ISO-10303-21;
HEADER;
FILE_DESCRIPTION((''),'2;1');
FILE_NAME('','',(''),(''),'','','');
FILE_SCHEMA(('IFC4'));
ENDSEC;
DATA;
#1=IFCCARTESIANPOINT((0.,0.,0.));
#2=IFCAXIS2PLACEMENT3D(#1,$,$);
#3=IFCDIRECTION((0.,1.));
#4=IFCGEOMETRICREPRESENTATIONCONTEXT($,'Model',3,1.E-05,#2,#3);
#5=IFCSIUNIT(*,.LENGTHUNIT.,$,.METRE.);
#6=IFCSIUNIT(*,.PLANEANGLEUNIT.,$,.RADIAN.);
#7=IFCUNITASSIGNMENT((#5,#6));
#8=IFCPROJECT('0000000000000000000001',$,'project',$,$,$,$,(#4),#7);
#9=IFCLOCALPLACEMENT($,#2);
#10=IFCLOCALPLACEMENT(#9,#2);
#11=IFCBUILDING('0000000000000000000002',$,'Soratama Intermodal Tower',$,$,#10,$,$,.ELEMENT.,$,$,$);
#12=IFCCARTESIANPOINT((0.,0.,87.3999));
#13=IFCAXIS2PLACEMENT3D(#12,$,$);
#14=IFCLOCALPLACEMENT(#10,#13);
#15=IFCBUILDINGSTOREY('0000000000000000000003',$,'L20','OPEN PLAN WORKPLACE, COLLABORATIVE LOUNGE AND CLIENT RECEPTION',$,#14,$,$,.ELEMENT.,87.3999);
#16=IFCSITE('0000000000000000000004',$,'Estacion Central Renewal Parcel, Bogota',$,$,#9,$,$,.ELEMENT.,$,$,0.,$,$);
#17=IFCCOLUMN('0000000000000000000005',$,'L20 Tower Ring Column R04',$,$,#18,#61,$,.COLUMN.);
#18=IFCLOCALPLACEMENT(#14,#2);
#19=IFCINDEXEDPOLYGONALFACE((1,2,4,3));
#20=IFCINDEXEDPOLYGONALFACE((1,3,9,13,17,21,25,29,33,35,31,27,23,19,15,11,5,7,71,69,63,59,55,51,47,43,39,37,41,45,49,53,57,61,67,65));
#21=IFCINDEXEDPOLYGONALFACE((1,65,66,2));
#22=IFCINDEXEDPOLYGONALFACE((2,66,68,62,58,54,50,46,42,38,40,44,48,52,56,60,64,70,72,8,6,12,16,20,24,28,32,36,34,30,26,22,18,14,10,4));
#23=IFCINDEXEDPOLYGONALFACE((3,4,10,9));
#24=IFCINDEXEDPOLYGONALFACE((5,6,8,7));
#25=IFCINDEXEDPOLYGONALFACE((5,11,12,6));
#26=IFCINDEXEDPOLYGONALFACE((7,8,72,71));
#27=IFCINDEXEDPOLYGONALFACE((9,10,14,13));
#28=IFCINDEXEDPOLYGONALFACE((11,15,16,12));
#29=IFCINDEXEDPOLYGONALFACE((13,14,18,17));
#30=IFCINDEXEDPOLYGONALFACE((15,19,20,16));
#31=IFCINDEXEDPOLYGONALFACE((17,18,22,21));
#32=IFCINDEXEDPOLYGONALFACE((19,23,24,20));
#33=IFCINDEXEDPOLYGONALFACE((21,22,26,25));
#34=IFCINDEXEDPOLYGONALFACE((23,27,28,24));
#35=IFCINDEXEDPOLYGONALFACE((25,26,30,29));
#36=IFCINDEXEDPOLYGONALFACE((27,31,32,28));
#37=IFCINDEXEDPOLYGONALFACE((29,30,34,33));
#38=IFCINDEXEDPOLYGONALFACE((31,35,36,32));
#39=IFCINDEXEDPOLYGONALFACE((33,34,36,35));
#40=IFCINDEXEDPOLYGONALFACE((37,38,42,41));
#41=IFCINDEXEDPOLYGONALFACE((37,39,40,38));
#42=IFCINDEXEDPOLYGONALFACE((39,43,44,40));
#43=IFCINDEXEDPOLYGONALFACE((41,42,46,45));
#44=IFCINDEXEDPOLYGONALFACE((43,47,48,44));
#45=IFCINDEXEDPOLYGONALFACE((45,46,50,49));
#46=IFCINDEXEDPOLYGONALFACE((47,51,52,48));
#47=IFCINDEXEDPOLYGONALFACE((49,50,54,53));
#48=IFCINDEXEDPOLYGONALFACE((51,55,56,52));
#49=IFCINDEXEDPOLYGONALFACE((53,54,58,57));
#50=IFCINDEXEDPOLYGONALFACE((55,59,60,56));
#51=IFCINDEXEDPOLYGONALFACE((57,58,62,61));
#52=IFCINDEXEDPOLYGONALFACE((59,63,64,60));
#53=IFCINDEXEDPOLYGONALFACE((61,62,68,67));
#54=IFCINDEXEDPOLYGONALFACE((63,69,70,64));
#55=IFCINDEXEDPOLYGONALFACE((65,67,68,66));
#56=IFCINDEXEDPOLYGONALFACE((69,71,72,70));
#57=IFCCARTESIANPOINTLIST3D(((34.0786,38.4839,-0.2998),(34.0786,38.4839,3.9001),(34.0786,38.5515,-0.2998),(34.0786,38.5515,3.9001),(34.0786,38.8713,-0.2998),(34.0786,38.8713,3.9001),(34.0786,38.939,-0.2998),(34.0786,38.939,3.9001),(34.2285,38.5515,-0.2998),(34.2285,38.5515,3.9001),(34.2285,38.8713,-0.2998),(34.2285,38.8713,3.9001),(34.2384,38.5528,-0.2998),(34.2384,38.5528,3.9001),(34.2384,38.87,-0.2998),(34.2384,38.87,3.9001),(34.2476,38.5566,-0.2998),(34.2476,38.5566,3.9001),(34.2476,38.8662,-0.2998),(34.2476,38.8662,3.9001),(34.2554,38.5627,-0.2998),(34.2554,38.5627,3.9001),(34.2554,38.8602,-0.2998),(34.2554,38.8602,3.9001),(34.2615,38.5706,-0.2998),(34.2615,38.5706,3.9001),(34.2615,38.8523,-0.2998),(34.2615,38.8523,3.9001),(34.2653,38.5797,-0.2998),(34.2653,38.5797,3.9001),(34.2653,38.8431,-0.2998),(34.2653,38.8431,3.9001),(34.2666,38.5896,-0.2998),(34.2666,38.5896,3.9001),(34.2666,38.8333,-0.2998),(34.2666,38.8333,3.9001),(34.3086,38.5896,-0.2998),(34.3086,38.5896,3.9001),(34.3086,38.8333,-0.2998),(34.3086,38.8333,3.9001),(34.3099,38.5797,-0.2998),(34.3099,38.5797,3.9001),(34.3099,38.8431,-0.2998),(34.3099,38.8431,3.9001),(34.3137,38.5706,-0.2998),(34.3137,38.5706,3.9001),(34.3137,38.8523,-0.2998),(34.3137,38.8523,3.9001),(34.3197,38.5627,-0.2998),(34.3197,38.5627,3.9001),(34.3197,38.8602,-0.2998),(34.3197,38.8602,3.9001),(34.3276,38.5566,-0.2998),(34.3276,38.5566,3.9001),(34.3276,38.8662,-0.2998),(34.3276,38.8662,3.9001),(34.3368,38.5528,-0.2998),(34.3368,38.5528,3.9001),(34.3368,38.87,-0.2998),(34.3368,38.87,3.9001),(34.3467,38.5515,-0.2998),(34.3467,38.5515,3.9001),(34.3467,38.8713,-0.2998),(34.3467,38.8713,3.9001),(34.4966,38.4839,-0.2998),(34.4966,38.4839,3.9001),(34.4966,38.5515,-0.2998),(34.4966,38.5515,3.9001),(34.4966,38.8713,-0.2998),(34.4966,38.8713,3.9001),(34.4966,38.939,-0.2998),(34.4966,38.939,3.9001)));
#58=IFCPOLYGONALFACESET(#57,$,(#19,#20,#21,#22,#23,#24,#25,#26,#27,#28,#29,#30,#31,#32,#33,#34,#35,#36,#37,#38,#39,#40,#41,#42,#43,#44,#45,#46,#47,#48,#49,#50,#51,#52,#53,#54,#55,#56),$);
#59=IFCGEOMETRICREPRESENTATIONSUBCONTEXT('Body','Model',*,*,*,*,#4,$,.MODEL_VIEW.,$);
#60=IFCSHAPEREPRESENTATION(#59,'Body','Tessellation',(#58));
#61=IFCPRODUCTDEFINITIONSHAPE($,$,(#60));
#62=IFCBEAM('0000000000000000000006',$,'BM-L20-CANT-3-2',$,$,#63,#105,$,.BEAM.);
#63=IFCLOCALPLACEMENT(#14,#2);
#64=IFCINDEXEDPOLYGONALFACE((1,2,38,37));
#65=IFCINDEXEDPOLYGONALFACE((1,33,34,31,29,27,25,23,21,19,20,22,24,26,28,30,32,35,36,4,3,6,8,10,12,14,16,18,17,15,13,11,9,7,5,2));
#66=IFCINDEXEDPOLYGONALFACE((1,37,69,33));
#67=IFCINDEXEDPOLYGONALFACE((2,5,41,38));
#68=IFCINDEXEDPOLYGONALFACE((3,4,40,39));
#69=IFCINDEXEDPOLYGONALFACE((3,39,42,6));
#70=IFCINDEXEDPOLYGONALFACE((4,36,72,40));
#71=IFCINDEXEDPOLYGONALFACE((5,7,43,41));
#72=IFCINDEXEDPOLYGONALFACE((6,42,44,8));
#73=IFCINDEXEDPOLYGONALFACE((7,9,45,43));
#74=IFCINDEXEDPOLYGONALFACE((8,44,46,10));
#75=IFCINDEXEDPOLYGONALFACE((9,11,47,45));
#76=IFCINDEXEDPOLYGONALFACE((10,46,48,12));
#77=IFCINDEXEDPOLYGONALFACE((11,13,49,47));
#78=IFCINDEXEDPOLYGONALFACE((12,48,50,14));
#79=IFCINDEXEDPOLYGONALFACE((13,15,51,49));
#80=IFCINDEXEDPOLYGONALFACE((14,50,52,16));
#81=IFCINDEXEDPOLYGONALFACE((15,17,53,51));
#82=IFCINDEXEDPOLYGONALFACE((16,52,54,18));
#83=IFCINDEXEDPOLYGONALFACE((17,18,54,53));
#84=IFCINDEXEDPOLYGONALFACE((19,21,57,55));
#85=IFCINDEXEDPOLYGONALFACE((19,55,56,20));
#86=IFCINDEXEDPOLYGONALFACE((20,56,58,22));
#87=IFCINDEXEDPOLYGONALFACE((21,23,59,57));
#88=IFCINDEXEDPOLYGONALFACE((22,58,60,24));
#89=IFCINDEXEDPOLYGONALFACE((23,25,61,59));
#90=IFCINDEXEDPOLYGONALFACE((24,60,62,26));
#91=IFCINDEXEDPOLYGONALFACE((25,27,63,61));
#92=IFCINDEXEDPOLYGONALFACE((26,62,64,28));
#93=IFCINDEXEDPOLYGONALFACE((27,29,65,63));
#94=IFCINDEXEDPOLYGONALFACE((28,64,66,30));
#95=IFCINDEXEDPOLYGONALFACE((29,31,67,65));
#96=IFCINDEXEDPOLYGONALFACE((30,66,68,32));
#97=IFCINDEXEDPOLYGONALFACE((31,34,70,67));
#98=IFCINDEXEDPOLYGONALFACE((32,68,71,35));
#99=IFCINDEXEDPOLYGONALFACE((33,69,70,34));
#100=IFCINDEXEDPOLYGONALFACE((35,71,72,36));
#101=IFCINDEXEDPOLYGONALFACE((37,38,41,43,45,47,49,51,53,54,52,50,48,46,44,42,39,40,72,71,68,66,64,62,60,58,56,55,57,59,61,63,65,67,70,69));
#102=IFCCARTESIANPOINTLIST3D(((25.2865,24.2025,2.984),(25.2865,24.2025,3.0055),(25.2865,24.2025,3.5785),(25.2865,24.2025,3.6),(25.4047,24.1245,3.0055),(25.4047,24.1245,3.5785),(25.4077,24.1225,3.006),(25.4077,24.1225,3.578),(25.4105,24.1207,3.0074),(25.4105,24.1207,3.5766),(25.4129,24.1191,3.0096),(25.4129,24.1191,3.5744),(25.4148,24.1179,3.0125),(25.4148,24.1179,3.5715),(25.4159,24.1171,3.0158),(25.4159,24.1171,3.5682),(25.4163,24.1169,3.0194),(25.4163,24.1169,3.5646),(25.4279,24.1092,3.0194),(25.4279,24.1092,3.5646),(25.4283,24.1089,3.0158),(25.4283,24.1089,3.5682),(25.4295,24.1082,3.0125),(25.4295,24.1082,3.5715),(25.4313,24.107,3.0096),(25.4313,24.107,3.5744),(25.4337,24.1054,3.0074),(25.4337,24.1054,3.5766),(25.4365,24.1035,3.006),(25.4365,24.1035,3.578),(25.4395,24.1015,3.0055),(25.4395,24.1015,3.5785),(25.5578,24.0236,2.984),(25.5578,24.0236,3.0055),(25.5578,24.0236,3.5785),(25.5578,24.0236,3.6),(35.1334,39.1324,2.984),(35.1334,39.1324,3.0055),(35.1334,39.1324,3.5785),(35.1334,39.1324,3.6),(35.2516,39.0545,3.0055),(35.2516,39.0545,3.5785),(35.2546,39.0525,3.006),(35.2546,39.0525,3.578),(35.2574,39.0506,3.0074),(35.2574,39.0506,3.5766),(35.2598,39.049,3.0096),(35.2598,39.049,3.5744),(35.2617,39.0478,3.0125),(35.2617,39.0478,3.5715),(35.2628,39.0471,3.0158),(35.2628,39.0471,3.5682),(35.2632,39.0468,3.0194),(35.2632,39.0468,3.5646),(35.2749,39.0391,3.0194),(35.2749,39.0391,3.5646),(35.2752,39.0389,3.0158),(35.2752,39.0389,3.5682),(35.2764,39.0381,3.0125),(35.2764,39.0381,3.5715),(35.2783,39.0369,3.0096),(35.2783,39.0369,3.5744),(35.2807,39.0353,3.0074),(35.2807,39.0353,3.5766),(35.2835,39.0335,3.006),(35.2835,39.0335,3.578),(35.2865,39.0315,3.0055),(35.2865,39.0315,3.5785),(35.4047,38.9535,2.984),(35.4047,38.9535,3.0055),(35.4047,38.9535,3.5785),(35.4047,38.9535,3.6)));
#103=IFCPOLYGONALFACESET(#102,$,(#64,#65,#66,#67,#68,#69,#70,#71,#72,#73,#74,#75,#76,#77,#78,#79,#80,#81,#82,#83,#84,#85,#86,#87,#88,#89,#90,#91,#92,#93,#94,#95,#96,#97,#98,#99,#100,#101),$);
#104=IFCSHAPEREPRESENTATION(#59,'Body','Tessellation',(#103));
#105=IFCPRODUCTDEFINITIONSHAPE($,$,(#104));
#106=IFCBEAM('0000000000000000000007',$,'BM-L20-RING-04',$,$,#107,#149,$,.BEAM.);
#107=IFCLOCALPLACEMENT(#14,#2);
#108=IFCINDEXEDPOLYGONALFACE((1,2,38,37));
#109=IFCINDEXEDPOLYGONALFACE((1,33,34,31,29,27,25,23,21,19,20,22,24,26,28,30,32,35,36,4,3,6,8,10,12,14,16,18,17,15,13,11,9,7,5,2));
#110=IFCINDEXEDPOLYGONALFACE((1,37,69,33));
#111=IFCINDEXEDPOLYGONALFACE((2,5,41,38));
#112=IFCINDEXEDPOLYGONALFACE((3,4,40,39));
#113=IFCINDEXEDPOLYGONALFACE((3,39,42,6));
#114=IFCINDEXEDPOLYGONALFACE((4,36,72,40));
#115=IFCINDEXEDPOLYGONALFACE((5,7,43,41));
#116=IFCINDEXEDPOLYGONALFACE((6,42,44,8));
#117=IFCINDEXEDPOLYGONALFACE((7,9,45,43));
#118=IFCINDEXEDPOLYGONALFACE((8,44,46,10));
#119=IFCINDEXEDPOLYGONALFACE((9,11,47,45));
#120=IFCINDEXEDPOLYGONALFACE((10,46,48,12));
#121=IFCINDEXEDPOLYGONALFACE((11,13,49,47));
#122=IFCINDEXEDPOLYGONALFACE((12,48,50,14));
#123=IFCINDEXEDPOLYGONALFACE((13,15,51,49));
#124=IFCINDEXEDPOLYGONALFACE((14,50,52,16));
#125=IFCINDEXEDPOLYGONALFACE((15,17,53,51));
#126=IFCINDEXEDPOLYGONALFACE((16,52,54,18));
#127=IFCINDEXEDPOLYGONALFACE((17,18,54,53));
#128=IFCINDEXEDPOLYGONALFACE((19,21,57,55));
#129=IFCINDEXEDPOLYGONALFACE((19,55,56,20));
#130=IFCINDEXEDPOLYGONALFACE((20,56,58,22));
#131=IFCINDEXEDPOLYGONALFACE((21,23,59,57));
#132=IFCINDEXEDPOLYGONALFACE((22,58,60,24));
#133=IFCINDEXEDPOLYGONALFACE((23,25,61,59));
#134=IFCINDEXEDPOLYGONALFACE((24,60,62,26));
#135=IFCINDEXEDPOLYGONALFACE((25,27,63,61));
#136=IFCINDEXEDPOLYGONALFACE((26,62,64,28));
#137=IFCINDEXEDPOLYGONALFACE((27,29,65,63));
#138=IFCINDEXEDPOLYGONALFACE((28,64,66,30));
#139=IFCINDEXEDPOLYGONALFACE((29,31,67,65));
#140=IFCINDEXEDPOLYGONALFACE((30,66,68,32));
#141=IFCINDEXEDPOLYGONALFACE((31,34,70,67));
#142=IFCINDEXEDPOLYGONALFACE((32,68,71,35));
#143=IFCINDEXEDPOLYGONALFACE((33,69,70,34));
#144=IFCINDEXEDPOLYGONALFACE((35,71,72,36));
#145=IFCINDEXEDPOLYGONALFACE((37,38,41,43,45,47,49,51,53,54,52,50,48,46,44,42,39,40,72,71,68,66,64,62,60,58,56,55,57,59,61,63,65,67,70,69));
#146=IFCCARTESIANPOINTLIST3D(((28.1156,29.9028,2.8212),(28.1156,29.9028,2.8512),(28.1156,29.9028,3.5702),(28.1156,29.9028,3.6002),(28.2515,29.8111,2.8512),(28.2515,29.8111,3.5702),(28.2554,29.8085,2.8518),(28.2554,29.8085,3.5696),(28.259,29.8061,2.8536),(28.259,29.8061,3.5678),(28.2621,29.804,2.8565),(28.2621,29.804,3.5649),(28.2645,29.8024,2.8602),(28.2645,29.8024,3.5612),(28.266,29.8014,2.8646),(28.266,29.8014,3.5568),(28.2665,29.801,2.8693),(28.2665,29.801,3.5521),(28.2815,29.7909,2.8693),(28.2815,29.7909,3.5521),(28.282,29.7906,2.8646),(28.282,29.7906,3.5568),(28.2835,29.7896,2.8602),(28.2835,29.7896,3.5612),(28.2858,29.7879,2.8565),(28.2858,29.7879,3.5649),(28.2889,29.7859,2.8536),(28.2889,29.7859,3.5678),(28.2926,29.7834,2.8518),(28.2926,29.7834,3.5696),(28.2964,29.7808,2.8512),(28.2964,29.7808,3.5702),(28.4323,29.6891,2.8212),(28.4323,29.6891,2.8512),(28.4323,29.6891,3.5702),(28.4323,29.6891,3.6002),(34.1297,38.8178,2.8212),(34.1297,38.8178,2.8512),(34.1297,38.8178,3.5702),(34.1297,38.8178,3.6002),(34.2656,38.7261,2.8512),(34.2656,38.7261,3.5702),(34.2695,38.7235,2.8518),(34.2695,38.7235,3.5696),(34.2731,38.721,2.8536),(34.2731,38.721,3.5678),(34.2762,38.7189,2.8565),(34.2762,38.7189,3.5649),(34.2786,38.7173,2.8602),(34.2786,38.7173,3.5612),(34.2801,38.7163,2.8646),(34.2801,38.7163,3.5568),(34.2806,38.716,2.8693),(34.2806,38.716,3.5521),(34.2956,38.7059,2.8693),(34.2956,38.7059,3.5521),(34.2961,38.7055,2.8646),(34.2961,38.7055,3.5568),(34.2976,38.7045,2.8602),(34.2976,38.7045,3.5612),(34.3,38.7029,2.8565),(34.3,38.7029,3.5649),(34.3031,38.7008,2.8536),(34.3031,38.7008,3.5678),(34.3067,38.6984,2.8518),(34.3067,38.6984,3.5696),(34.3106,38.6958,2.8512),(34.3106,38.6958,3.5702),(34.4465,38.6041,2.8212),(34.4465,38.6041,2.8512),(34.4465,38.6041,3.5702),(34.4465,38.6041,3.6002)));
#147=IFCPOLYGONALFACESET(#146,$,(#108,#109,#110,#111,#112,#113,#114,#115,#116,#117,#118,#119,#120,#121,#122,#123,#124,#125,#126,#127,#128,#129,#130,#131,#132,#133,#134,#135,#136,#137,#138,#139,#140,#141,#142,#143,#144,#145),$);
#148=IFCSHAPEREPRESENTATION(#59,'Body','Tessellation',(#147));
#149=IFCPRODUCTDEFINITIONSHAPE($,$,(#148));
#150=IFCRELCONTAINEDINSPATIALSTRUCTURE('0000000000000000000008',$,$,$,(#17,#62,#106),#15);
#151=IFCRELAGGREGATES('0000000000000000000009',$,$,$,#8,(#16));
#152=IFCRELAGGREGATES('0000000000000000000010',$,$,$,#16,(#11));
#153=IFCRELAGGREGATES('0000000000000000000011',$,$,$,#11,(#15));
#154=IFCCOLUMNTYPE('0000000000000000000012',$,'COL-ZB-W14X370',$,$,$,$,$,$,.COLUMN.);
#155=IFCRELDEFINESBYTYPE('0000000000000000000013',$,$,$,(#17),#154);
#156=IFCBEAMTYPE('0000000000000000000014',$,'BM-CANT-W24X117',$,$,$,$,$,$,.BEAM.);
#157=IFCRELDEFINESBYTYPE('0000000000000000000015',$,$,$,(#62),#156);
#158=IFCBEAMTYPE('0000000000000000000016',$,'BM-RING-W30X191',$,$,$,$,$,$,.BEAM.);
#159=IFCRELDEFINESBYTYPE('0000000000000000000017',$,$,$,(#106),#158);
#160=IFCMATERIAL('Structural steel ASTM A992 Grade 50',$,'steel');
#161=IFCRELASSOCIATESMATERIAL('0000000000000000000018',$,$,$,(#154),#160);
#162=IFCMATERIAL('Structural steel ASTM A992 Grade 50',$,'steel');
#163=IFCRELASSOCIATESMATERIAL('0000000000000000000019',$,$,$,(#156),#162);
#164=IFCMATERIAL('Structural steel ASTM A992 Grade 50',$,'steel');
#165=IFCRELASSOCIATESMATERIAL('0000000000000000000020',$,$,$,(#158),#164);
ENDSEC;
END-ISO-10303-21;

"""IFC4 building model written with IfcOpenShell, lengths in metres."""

from ifc_helpers import new_model, si_unit, direction, frame, origin, origin_2d, place, context, subcontext, project, spatial, i_section, extrude, material, material_profile, profile_set, type_object, element, save


model = new_model("IFC4")

# Units and contexts
model_context = context("Model", 3, precision=1e-05, world=origin(), true_north=direction((0.0, 1.0)))
body_context = subcontext(model_context, "Body", "Model", "MODEL_VIEW")
ifc_project = project(units=[si_unit("LENGTHUNIT", "METRE"), si_unit("PLANEANGLEUNIT", "RADIAN")], contexts=[model_context])

# Site, building, storey
site_placement = place(None, origin())
site = spatial("IfcSite", under=ifc_project, at=site_placement, Name="Estacion Central Renewal Parcel, Bogota", CompositionType="ELEMENT", RefElevation=0.0)
building_placement = place(site_placement, origin())
building = spatial("IfcBuilding", under=site, at=building_placement, Name="Soratama Intermodal Tower", CompositionType="ELEMENT")
storey_placement = place(building_placement, frame((0.0, 0.0, 87.3999)))
storey = spatial("IfcBuildingStorey", under=building, at=storey_placement, Name="L20", Description="OPEN PLAN WORKPLACE, COLLABORATIVE LOUNGE AND CLIENT RECEPTION", CompositionType="ELEMENT", Elevation=87.3999)

# Column
ifc_material_1 = material(Name="Structural steel ASTM A992 Grade 50", Category="steel")
ifc_material_profile_1 = material_profile(ifc_material_1, i_section(OverallWidth=0.418, OverallDepth=0.4551, WebThickness=0.042, FlangeThickness=0.0676, FilletRadius=0.0381, at=origin_2d()), Name="W14X370")
ifc_profile_set_1 = profile_set([ifc_material_profile_1], Name="Structural steel ASTM A992 Grade 50")
column_type = type_object("IfcColumnType", Name="COL-ZB-W14X370", PredefinedType="COLUMN", material=ifc_profile_set_1)
column_placement = place(storey_placement, frame((34.2876, 38.7114, -0.2998), z_axis=(0.0, 0.0, 1.0), x_axis=(1.0, 0.0, 0.0)))
element("IfcColumn", 1, at=column_placement, inside=storey, type_object=column_type, Name="L20 Tower Ring Column R04", PredefinedType="COLUMN", context=body_context, shape_type="SweptSolid", body=[
    extrude(i_section(OverallWidth=0.418, OverallDepth=0.4551, WebThickness=0.042, FlangeThickness=0.0676, FilletRadius=0.0381, at=origin_2d()), origin(), (0.0, 0.0, 1.0), 4.2),
])

# Beams
ifc_material_2 = material(Name="Structural steel ASTM A992 Grade 50", Category="steel")
ifc_material_profile_2 = material_profile(ifc_material_2, i_section(OverallWidth=0.325, OverallDepth=0.616, WebThickness=0.0139, FlangeThickness=0.0215, FilletRadius=0.0139, at=origin_2d()), Name="W24X117")
ifc_profile_set_2 = profile_set([ifc_material_profile_2], Name="Structural steel ASTM A992 Grade 50")
beam_type_1 = type_object("IfcBeamType", Name="BM-CANT-W24X117", PredefinedType="BEAM", material=ifc_profile_set_2)
beam_1_placement = place(storey_placement, frame((35.269, 39.043, 3.292), z_axis=(-0.550576, -0.834785, 0.0), x_axis=(0.834785, -0.550576, 0.0)))
element("IfcBeam", 2, at=beam_1_placement, inside=storey, type_object=beam_type_1, Name="BM-L20-CANT-3-2", PredefinedType="BEAM", context=body_context, shape_type="SweptSolid", body=[
    extrude(i_section(OverallWidth=0.325, OverallDepth=0.616, WebThickness=0.0139, FlangeThickness=0.0215, FilletRadius=0.0139, at=origin_2d()), origin(), (0.0, 0.0, 1.0), 17.8848),
])
ifc_material_3 = material(Name="Structural steel ASTM A992 Grade 50", Category="steel")
ifc_material_profile_3 = material_profile(ifc_material_3, i_section(OverallWidth=0.3821, OverallDepth=0.7791, WebThickness=0.0181, FlangeThickness=0.03, FilletRadius=0.0181, at=origin_2d()), Name="W30X191")
ifc_profile_set_3 = profile_set([ifc_material_profile_3], Name="Structural steel ASTM A992 Grade 50")
beam_type_2 = type_object("IfcBeamType", Name="BM-RING-W30X191", PredefinedType="BEAM", material=ifc_profile_set_3)
beam_2_placement = place(storey_placement, frame((34.2881, 38.7109, 3.2107), z_axis=(-0.55925, -0.828999, 0.0), x_axis=(0.828999, -0.55925, 0.0)))
element("IfcBeam", 3, at=beam_2_placement, inside=storey, type_object=beam_type_2, Name="BM-L20-RING-04", PredefinedType="BEAM", context=body_context, shape_type="SweptSolid", body=[
    extrude(i_section(OverallWidth=0.3821, OverallDepth=0.7791, WebThickness=0.0181, FlangeThickness=0.03, FilletRadius=0.0181, at=origin_2d()), origin(), (0.0, 0.0, 1.0), 10.7539),
])

save(model, "model.ifc")
